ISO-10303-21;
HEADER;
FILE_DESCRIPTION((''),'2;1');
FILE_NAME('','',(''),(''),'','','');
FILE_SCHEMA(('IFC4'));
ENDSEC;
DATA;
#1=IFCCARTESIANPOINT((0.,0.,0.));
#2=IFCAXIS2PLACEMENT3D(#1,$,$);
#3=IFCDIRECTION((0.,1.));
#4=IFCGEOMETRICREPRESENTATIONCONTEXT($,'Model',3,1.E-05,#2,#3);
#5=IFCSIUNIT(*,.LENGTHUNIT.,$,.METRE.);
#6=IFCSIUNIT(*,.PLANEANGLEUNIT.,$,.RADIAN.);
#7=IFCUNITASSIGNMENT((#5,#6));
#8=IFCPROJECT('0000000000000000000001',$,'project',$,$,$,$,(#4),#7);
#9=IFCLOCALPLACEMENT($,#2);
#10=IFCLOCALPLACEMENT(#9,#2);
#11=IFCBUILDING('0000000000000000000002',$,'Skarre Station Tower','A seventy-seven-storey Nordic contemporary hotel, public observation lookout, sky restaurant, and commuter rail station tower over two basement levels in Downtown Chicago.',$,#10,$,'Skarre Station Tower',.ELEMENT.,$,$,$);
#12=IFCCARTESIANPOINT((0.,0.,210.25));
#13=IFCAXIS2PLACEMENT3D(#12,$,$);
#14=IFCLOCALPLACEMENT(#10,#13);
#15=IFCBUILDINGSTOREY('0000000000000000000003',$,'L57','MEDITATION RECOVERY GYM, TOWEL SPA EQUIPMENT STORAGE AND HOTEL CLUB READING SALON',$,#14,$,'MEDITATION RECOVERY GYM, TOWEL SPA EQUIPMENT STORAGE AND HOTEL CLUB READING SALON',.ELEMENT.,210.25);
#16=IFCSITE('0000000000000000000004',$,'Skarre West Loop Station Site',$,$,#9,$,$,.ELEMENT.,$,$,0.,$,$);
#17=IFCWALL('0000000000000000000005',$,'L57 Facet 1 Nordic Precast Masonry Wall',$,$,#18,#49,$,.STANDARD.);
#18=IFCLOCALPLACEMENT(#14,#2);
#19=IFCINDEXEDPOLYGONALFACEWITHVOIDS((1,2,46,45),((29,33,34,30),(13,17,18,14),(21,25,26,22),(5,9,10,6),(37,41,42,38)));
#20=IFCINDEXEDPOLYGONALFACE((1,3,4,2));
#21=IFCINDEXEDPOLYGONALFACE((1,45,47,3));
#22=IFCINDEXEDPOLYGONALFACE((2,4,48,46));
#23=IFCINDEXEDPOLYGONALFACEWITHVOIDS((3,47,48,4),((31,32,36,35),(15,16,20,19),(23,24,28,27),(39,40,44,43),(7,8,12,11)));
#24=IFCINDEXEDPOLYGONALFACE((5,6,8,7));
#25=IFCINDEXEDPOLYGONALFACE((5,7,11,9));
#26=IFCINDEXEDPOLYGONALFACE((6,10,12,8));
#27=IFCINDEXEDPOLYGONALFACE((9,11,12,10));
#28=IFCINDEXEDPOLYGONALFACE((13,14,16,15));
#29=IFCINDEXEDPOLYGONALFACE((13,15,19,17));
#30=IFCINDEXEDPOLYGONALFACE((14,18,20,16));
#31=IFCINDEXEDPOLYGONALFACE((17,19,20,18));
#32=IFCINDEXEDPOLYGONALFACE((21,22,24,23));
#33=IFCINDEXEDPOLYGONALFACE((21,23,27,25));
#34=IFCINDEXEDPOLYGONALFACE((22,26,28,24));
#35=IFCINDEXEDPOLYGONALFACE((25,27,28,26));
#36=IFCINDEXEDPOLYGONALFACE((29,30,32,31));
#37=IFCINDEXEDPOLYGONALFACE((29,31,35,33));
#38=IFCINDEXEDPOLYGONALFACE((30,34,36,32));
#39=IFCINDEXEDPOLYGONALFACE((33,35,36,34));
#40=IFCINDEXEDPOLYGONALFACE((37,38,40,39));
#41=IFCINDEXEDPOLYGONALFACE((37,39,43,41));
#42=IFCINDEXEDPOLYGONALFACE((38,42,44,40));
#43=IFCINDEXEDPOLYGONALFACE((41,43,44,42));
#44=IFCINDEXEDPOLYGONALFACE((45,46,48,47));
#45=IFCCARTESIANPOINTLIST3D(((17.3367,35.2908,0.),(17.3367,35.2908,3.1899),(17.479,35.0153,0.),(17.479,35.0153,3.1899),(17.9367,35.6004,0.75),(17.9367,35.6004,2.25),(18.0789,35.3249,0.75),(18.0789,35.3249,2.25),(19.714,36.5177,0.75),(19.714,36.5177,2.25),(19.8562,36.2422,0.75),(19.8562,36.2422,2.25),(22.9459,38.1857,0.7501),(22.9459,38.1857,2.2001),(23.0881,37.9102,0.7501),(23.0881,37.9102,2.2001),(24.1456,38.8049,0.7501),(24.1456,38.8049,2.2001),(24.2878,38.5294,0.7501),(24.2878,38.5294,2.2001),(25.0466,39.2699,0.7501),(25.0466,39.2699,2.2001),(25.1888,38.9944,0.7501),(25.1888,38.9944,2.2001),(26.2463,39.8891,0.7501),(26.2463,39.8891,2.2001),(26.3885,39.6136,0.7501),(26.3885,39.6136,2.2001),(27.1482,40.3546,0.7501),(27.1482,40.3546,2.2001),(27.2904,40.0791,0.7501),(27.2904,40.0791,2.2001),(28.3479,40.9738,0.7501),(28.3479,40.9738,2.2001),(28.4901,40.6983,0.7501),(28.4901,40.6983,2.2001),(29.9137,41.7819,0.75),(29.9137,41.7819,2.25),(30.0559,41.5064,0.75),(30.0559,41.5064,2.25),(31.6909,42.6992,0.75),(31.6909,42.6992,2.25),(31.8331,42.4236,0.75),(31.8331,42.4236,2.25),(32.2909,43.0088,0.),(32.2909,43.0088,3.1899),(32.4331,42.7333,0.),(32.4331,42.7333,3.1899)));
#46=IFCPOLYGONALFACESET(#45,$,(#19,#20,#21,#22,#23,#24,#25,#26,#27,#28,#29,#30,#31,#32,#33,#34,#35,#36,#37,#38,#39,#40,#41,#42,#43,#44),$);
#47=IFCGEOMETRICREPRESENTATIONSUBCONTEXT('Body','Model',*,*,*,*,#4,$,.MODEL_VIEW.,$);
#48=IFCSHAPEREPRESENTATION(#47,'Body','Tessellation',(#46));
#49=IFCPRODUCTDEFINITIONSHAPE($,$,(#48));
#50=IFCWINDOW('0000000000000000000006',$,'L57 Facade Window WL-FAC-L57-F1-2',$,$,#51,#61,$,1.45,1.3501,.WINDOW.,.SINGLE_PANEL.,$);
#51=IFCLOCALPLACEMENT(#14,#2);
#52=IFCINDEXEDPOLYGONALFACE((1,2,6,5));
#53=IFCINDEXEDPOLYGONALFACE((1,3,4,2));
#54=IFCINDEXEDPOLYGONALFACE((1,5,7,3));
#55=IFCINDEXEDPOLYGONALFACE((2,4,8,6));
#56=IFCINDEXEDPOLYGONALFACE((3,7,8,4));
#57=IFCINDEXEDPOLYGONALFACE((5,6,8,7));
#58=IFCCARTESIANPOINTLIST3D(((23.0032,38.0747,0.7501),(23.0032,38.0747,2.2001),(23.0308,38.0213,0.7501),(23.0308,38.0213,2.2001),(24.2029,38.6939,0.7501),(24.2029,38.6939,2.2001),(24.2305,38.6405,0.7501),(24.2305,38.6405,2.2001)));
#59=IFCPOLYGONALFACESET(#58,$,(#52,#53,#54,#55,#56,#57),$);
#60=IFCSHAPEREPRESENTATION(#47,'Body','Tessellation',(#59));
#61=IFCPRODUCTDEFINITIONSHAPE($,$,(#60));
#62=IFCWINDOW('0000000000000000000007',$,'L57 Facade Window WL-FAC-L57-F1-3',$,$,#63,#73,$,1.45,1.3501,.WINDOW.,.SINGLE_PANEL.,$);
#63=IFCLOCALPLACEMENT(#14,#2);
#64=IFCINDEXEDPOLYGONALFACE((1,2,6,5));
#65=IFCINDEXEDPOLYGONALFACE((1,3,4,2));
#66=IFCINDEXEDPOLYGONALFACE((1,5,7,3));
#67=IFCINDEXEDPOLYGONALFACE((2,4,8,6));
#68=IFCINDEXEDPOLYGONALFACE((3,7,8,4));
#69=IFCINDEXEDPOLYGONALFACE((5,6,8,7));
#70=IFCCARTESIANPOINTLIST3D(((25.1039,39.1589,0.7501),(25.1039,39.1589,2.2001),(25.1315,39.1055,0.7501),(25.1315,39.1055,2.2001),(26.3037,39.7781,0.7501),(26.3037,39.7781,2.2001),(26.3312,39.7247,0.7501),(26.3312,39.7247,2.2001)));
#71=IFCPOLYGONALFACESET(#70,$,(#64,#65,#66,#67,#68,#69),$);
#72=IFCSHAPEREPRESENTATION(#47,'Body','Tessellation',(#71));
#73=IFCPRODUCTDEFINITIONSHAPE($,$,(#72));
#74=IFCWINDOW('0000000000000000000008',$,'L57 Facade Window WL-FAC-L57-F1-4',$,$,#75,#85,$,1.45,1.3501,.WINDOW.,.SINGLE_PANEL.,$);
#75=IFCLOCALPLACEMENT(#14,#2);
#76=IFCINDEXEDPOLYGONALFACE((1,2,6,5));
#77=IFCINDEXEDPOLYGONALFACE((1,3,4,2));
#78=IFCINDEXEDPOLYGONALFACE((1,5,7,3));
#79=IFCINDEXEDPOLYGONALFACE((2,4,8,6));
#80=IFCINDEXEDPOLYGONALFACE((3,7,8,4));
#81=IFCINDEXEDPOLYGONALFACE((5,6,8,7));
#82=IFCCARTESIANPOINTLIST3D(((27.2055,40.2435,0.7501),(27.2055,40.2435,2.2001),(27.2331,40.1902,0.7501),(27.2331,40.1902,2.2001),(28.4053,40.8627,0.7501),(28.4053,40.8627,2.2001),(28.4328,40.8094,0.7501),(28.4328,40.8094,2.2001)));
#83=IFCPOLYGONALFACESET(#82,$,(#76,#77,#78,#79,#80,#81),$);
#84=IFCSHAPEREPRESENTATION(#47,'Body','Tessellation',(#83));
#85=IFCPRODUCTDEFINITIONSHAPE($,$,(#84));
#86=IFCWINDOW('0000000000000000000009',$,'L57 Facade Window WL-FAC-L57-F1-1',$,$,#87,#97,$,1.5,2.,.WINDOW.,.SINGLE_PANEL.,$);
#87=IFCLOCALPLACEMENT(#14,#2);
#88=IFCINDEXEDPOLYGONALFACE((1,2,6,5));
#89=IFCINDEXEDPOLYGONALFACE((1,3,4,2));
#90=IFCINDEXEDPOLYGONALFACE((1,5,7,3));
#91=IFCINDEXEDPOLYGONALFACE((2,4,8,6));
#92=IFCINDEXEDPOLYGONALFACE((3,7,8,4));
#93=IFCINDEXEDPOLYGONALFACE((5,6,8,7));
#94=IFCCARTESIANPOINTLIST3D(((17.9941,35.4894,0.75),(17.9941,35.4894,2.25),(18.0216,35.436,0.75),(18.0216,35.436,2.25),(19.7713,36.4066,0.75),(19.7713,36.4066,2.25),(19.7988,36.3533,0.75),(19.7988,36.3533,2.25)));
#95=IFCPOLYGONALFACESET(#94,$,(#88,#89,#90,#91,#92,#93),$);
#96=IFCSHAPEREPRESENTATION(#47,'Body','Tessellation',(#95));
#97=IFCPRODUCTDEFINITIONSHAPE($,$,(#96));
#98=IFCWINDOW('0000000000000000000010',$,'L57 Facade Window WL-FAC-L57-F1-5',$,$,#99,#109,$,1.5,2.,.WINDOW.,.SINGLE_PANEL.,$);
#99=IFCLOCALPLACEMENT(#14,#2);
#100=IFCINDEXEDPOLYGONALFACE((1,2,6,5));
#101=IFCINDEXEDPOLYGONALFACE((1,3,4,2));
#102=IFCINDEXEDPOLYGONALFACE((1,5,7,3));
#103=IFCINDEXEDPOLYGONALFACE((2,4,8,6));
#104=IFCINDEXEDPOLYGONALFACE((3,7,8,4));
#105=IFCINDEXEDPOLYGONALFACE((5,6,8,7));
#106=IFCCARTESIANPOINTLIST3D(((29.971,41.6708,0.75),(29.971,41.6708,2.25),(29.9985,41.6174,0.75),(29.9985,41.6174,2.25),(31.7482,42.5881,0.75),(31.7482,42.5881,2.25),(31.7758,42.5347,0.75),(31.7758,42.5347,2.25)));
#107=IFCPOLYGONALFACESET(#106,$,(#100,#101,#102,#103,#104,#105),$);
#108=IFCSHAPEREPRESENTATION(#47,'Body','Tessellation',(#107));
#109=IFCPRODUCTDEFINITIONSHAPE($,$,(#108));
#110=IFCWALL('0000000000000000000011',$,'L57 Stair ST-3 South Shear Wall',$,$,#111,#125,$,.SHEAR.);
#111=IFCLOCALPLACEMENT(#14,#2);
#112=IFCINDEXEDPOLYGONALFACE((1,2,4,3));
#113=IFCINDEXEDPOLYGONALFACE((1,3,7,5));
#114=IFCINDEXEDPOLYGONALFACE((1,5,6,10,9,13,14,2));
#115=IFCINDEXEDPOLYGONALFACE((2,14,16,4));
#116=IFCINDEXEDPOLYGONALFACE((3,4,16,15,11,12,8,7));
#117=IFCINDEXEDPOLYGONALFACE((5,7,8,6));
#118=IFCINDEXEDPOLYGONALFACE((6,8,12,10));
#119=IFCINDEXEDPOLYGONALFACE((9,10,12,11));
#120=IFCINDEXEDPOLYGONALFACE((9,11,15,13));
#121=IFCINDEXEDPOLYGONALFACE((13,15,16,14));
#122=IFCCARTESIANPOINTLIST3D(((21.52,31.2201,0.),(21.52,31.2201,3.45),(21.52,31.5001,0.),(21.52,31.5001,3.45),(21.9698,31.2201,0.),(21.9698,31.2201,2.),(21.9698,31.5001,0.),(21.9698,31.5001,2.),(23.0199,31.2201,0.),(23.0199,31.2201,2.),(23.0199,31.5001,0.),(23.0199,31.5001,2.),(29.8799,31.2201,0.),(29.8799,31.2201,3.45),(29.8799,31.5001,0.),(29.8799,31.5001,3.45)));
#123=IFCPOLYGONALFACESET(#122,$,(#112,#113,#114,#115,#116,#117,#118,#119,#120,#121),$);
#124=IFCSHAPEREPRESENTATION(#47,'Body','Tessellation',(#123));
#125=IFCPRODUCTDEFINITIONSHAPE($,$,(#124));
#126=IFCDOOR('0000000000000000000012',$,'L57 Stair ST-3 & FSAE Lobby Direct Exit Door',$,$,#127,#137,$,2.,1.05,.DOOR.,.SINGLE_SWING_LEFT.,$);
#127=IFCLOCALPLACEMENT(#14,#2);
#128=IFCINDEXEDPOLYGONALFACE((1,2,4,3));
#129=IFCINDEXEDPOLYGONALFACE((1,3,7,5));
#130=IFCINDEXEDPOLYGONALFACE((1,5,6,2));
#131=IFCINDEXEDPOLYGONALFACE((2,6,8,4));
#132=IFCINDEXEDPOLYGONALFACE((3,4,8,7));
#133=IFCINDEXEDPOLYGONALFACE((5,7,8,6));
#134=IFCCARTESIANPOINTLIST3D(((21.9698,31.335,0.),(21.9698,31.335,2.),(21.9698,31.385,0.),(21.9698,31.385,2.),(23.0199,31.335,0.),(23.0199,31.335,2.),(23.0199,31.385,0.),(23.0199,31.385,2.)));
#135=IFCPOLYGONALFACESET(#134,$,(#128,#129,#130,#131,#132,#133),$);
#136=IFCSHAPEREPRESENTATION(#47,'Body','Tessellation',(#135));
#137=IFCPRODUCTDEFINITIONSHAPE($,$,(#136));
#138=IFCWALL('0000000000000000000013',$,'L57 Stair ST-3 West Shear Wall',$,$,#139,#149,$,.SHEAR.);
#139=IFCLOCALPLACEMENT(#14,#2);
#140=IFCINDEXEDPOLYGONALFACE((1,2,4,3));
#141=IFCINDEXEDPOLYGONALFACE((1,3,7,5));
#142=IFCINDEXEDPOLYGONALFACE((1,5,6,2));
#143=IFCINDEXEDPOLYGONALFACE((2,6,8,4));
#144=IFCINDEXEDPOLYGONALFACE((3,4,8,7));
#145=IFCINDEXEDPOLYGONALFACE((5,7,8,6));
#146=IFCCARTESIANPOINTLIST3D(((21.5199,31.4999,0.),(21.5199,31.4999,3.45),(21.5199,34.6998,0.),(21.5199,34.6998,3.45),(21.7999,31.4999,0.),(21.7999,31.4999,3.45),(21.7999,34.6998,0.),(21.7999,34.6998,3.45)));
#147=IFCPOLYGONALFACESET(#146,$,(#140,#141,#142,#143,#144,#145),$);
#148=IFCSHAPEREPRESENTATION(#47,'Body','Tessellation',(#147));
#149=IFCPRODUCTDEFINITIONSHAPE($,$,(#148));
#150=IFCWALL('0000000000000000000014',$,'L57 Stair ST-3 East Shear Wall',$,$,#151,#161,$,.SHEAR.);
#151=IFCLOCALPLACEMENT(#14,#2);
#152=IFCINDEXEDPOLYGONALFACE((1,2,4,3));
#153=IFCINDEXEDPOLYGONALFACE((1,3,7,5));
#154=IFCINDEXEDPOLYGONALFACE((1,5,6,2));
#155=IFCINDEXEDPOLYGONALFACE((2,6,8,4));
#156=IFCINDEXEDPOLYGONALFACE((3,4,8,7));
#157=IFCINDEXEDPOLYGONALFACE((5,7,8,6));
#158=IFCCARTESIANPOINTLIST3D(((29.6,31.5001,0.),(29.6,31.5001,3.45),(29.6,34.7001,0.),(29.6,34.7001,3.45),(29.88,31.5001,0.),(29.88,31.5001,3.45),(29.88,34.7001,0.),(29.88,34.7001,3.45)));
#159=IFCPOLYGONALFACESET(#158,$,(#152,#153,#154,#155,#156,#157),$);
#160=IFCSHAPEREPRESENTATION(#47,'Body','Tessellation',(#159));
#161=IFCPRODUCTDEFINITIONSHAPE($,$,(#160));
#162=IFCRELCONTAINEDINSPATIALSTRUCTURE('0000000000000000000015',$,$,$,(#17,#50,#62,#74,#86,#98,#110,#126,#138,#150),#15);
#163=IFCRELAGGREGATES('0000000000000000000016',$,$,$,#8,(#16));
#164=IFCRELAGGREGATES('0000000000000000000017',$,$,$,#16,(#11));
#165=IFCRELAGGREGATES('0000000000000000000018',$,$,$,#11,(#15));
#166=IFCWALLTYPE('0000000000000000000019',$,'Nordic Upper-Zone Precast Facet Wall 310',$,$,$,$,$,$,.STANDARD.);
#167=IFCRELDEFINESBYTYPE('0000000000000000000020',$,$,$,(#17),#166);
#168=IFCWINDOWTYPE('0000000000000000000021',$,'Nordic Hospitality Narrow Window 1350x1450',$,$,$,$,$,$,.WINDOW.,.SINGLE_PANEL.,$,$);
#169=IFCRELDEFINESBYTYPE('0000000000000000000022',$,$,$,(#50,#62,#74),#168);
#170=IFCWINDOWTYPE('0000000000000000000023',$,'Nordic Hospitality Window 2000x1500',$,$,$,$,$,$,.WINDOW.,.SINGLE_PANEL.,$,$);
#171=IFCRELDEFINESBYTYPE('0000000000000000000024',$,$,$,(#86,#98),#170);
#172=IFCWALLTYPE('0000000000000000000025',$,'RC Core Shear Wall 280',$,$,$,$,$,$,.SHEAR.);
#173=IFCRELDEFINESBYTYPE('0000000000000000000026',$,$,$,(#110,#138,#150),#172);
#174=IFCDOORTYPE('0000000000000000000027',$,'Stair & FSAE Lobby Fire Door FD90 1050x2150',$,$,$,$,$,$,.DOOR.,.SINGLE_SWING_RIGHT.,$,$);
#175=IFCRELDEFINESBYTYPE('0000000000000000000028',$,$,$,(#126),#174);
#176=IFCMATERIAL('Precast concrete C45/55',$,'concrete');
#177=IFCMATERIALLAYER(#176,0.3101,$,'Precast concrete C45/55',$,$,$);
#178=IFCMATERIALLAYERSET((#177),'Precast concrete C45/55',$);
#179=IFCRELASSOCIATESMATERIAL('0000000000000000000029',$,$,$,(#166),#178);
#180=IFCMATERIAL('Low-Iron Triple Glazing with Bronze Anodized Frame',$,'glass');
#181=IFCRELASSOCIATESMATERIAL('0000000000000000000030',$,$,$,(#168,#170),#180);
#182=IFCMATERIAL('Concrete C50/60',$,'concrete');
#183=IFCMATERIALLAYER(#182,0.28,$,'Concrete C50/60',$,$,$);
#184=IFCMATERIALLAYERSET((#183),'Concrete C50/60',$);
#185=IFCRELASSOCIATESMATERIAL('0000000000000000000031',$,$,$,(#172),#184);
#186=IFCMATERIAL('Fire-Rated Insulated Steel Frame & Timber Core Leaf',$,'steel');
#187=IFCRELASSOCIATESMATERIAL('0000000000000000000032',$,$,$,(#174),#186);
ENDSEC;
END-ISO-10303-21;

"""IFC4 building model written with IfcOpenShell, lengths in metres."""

from ifc_helpers import new_model, si_unit, direction, frame, frame_2d, origin, place, context, subcontext, project, spatial, rectangle, extrude, material, layer, layer_set, type_object, element, fill, save


model = new_model("IFC4")

# Units and contexts
model_context = context("Model", 3, precision=1e-05, world=origin(), true_north=direction((0.0, 1.0)))
body_context = subcontext(model_context, "Body", "Model", "MODEL_VIEW")
ifc_project = project(units=[si_unit("LENGTHUNIT", "METRE"), si_unit("PLANEANGLEUNIT", "RADIAN")], contexts=[model_context])

# Site, building, storey
site_placement = place(None, origin())
site = spatial("IfcSite", under=ifc_project, at=site_placement, Name="Skarre West Loop Station Site", CompositionType="ELEMENT", RefElevation=0.0)
building_placement = place(site_placement, origin())
building = spatial("IfcBuilding", under=site, at=building_placement, Name="Skarre Station Tower", Description="A seventy-seven-storey Nordic contemporary hotel, public observation lookout, sky restaurant, and commuter rail station tower over two basement levels in Downtown Chicago.", LongName="Skarre Station Tower", CompositionType="ELEMENT")
storey_placement = place(building_placement, frame((0.0, 0.0, 210.25)))
storey = spatial("IfcBuildingStorey", under=building, at=storey_placement, Name="L57", Description="MEDITATION RECOVERY GYM, TOWEL SPA EQUIPMENT STORAGE AND HOTEL CLUB READING SALON", LongName="MEDITATION RECOVERY GYM, TOWEL SPA EQUIPMENT STORAGE AND HOTEL CLUB READING SALON", CompositionType="ELEMENT", Elevation=210.25)

# Shared definitions
ifc_material_1 = material(Name="Concrete C50/60", Category="concrete")

# Shared definitions
ifc_material_2 = material(Name="Precast concrete C45/55", Category="concrete")

# Wall, openings, windows
ifc_layer_1 = layer(ifc_material_2, 0.3101, Name="Precast concrete C45/55")
ifc_layer_set_1 = layer_set([ifc_layer_1], Name="Precast concrete C45/55")
wall_type_1 = type_object("IfcWallType", Name="Nordic Upper-Zone Precast Facet Wall 310", PredefinedType="STANDARD", material=ifc_layer_set_1)
wall_1_placement = place(storey_placement, frame((17.408, 35.1531, 0.0), z_axis=(0.0, 0.0, 1.0), x_axis=(0.888626, 0.458632, 0.0)))
wall_1 = element("IfcWall", 1, at=wall_1_placement, inside=storey, type_object=wall_type_1, Name="L57 Facet 1 Nordic Precast Masonry Wall", PredefinedType="STANDARD", context=body_context, shape_type="SweptSolid", body=[
    extrude(rectangle(XDim=16.8284, YDim=0.3101, at=frame_2d((8.4141, 0.0))), origin(), (0.0, 0.0, 1.0), 3.1899),
])
opening_1_placement = place(wall_1_placement, frame((0.675, 0.0, 0.75)))
opening_1 = element("IfcOpeningElement", 2, at=opening_1_placement, cuts=wall_1, PredefinedType="OPENING", context=body_context, shape_type="SweptSolid", body=[
    extrude(rectangle(XDim=2.0, YDim=1.5, at=frame_2d((1.0, 0.75))), frame((0.0, 0.165, 0.0), z_axis=(0.0, -1.0, 0.0), x_axis=(1.0, 0.0, 0.0)), (0.0, 0.0, 1.0), 0.3301),
])
opening_2_placement = place(wall_1_placement, frame((6.312, 0.0, 0.75)))
opening_2 = element("IfcOpeningElement", 3, at=opening_2_placement, cuts=wall_1, PredefinedType="OPENING", context=body_context, shape_type="SweptSolid", body=[
    extrude(rectangle(XDim=1.3501, YDim=1.45, at=frame_2d((0.675, 0.7251))), frame((0.0, 0.165, 0.0), z_axis=(0.0, -1.0, 0.0), x_axis=(1.0, 0.0, 0.0)), (0.0, 0.0, 1.0), 0.3301),
])
opening_3_placement = place(wall_1_placement, frame((8.676, 0.0, 0.75)))
opening_3 = element("IfcOpeningElement", 4, at=opening_3_placement, cuts=wall_1, PredefinedType="OPENING", context=body_context, shape_type="SweptSolid", body=[
    extrude(rectangle(XDim=1.3501, YDim=1.45, at=frame_2d((0.675, 0.7251))), frame((0.0, 0.165, 0.0), z_axis=(0.0, -1.0, 0.0), x_axis=(1.0, 0.0, 0.0)), (0.0, 0.0, 1.0), 0.3301),
])
opening_4_placement = place(wall_1_placement, frame((11.041, 0.0, 0.75)))
opening_4 = element("IfcOpeningElement", 5, at=opening_4_placement, cuts=wall_1, PredefinedType="OPENING", context=body_context, shape_type="SweptSolid", body=[
    extrude(rectangle(XDim=1.3501, YDim=1.45, at=frame_2d((0.675, 0.7251))), frame((0.0, 0.165, 0.0), z_axis=(0.0, -1.0, 0.0), x_axis=(1.0, 0.0, 0.0)), (0.0, 0.0, 1.0), 0.3301),
])
opening_5_placement = place(wall_1_placement, frame((14.1531, 0.0, 0.75)))
opening_5 = element("IfcOpeningElement", 6, at=opening_5_placement, cuts=wall_1, PredefinedType="OPENING", context=body_context, shape_type="SweptSolid", body=[
    extrude(rectangle(XDim=2.0, YDim=1.5, at=frame_2d((1.0, 0.75))), frame((0.0, 0.165, 0.0), z_axis=(0.0, -1.0, 0.0), x_axis=(1.0, 0.0, 0.0)), (0.0, 0.0, 1.0), 0.3301),
])
ifc_material_3 = material(Name="Low-Iron Triple Glazing with Bronze Anodized Frame", Category="glass")
window_type_1 = type_object("IfcWindowType", Name="Nordic Hospitality Narrow Window 1350x1450", PartitioningType="SINGLE_PANEL", PredefinedType="WINDOW", material=ifc_material_3)
window_1_placement = place(opening_2_placement, origin())
window_1 = element("IfcWindow", 7, at=window_1_placement, inside=storey, type_object=window_type_1, Name="L57 Facade Window WL-FAC-L57-F1-2", OverallHeight=1.45, OverallWidth=1.3501, PartitioningType="SINGLE_PANEL", PredefinedType="WINDOW", context=body_context, shape_type="SweptSolid", body=[
    extrude(rectangle(XDim=1.3501, YDim=1.45, at=frame_2d((0.675, 0.7251))), frame((0.0, 0.03, 0.0), z_axis=(0.0, -1.0, 0.0), x_axis=(1.0, 0.0, 0.0)), (0.0, 0.0, 1.0), 0.0601),
])
fill(opening_2, window_1)
window_2_placement = place(opening_3_placement, origin())
window_2 = element("IfcWindow", 8, at=window_2_placement, inside=storey, type_object=window_type_1, Name="L57 Facade Window WL-FAC-L57-F1-3", OverallHeight=1.45, OverallWidth=1.3501, PartitioningType="SINGLE_PANEL", PredefinedType="WINDOW", context=body_context, shape_type="SweptSolid", body=[
    extrude(rectangle(XDim=1.3501, YDim=1.45, at=frame_2d((0.675, 0.7251))), frame((0.0, 0.03, 0.0), z_axis=(0.0, -1.0, 0.0), x_axis=(1.0, 0.0, 0.0)), (0.0, 0.0, 1.0), 0.0601),
])
fill(opening_3, window_2)
window_3_placement = place(opening_4_placement, origin())
window_3 = element("IfcWindow", 9, at=window_3_placement, inside=storey, type_object=window_type_1, Name="L57 Facade Window WL-FAC-L57-F1-4", OverallHeight=1.45, OverallWidth=1.3501, PartitioningType="SINGLE_PANEL", PredefinedType="WINDOW", context=body_context, shape_type="SweptSolid", body=[
    extrude(rectangle(XDim=1.3501, YDim=1.45, at=frame_2d((0.675, 0.7251))), frame((0.0, 0.03, 0.0), z_axis=(0.0, -1.0, 0.0), x_axis=(1.0, 0.0, 0.0)), (0.0, 0.0, 1.0), 0.0601),
])
fill(opening_4, window_3)
window_type_2 = type_object("IfcWindowType", Name="Nordic Hospitality Window 2000x1500", PartitioningType="SINGLE_PANEL", PredefinedType="WINDOW", material=ifc_material_3)
window_4_placement = place(opening_1_placement, origin())
window_4 = element("IfcWindow", 10, at=window_4_placement, inside=storey, type_object=window_type_2, Name="L57 Facade Window WL-FAC-L57-F1-1", OverallHeight=1.5, OverallWidth=2.0, PartitioningType="SINGLE_PANEL", PredefinedType="WINDOW", context=body_context, shape_type="SweptSolid", body=[
    extrude(rectangle(XDim=2.0, YDim=1.5, at=frame_2d((1.0, 0.75))), frame((0.0, 0.03, 0.0), z_axis=(0.0, -1.0, 0.0), x_axis=(1.0, 0.0, 0.0)), (0.0, 0.0, 1.0), 0.0601),
])
fill(opening_1, window_4)
window_5_placement = place(opening_5_placement, origin())
window_5 = element("IfcWindow", 11, at=window_5_placement, inside=storey, type_object=window_type_2, Name="L57 Facade Window WL-FAC-L57-F1-5", OverallHeight=1.5, OverallWidth=2.0, PartitioningType="SINGLE_PANEL", PredefinedType="WINDOW", context=body_context, shape_type="SweptSolid", body=[
    extrude(rectangle(XDim=2.0, YDim=1.5, at=frame_2d((1.0, 0.75))), frame((0.0, 0.03, 0.0), z_axis=(0.0, -1.0, 0.0), x_axis=(1.0, 0.0, 0.0)), (0.0, 0.0, 1.0), 0.0601),
])
fill(opening_5, window_5)

# Wall, opening, door
ifc_layer_2 = layer(ifc_material_1, 0.28, Name="Concrete C50/60")
ifc_layer_set_2 = layer_set([ifc_layer_2], Name="Concrete C50/60")
wall_type_2 = type_object("IfcWallType", Name="RC Core Shear Wall 280", PredefinedType="SHEAR", material=ifc_layer_set_2)
wall_2_placement = place(storey_placement, frame((21.52, 31.3601, 0.0), z_axis=(0.0, 0.0, 1.0), x_axis=(1.0, 0.0, 0.0)))
wall_2 = element("IfcWall", 12, at=wall_2_placement, inside=storey, type_object=wall_type_2, Name="L57 Stair ST-3 South Shear Wall", PredefinedType="SHEAR", context=body_context, shape_type="SweptSolid", body=[
    extrude(rectangle(XDim=8.3599, YDim=0.28, at=frame_2d((4.1799, 0.0))), origin(), (0.0, 0.0, 1.0), 3.45),
])
opening_6_placement = place(wall_2_placement, frame((0.45, 0.0, 0.0)))
opening_6 = element("IfcOpeningElement", 13, at=opening_6_placement, cuts=wall_2, PredefinedType="OPENING", context=body_context, shape_type="SweptSolid", body=[
    extrude(rectangle(XDim=1.05, YDim=2.0, at=frame_2d((0.5249, 1.0))), frame((0.0, 0.1499, 0.0), z_axis=(0.0, -1.0, 0.0), x_axis=(1.0, 0.0, 0.0)), (0.0, 0.0, 1.0), 0.3),
])
ifc_material_4 = material(Name="Fire-Rated Insulated Steel Frame & Timber Core Leaf", Category="steel")
door_type = type_object("IfcDoorType", Name="Stair & FSAE Lobby Fire Door FD90 1050x2150", OperationType="SINGLE_SWING_RIGHT", PredefinedType="DOOR", material=ifc_material_4)
door_placement = place(opening_6_placement, origin())
door = element("IfcDoor", 14, at=door_placement, inside=storey, type_object=door_type, Name="L57 Stair ST-3 & FSAE Lobby Direct Exit Door", OperationType="SINGLE_SWING_LEFT", OverallHeight=2.0, OverallWidth=1.05, PredefinedType="DOOR", context=body_context, shape_type="SweptSolid", body=[
    extrude(rectangle(XDim=1.05, YDim=2.0, at=frame_2d((0.5249, 1.0))), frame((0.0, 0.0249, 0.0), z_axis=(0.0, -1.0, 0.0), x_axis=(1.0, 0.0, 0.0)), (0.0, 0.0, 1.0), 0.05),
])
fill(opening_6, door)

# Walls
for number, where, z_axis, x_axis, name in (
    (15, (21.6599, 34.7, 0.0), (0.0, 0.0, 1.0), (0.0, -1.0, 0.0), "L57 Stair ST-3 West Shear Wall"),
    (16, (29.74, 31.5, 0.0), (0.0, 0.0, 1.0), (0.0, 1.0, 0.0), "L57 Stair ST-3 East Shear Wall"),
):
    element("IfcWall", number, at=place(storey_placement, frame(where, z_axis=z_axis, x_axis=x_axis)), inside=storey, type_object=wall_type_2, Name=name, PredefinedType="SHEAR", context=body_context, shape_type="SweptSolid", body=[
        extrude(rectangle(XDim=3.2, YDim=0.28, at=frame_2d((1.6001, 0.0))), origin(), (0.0, 0.0, 1.0), 3.45),
    ])

save(model, "model.ifc")
